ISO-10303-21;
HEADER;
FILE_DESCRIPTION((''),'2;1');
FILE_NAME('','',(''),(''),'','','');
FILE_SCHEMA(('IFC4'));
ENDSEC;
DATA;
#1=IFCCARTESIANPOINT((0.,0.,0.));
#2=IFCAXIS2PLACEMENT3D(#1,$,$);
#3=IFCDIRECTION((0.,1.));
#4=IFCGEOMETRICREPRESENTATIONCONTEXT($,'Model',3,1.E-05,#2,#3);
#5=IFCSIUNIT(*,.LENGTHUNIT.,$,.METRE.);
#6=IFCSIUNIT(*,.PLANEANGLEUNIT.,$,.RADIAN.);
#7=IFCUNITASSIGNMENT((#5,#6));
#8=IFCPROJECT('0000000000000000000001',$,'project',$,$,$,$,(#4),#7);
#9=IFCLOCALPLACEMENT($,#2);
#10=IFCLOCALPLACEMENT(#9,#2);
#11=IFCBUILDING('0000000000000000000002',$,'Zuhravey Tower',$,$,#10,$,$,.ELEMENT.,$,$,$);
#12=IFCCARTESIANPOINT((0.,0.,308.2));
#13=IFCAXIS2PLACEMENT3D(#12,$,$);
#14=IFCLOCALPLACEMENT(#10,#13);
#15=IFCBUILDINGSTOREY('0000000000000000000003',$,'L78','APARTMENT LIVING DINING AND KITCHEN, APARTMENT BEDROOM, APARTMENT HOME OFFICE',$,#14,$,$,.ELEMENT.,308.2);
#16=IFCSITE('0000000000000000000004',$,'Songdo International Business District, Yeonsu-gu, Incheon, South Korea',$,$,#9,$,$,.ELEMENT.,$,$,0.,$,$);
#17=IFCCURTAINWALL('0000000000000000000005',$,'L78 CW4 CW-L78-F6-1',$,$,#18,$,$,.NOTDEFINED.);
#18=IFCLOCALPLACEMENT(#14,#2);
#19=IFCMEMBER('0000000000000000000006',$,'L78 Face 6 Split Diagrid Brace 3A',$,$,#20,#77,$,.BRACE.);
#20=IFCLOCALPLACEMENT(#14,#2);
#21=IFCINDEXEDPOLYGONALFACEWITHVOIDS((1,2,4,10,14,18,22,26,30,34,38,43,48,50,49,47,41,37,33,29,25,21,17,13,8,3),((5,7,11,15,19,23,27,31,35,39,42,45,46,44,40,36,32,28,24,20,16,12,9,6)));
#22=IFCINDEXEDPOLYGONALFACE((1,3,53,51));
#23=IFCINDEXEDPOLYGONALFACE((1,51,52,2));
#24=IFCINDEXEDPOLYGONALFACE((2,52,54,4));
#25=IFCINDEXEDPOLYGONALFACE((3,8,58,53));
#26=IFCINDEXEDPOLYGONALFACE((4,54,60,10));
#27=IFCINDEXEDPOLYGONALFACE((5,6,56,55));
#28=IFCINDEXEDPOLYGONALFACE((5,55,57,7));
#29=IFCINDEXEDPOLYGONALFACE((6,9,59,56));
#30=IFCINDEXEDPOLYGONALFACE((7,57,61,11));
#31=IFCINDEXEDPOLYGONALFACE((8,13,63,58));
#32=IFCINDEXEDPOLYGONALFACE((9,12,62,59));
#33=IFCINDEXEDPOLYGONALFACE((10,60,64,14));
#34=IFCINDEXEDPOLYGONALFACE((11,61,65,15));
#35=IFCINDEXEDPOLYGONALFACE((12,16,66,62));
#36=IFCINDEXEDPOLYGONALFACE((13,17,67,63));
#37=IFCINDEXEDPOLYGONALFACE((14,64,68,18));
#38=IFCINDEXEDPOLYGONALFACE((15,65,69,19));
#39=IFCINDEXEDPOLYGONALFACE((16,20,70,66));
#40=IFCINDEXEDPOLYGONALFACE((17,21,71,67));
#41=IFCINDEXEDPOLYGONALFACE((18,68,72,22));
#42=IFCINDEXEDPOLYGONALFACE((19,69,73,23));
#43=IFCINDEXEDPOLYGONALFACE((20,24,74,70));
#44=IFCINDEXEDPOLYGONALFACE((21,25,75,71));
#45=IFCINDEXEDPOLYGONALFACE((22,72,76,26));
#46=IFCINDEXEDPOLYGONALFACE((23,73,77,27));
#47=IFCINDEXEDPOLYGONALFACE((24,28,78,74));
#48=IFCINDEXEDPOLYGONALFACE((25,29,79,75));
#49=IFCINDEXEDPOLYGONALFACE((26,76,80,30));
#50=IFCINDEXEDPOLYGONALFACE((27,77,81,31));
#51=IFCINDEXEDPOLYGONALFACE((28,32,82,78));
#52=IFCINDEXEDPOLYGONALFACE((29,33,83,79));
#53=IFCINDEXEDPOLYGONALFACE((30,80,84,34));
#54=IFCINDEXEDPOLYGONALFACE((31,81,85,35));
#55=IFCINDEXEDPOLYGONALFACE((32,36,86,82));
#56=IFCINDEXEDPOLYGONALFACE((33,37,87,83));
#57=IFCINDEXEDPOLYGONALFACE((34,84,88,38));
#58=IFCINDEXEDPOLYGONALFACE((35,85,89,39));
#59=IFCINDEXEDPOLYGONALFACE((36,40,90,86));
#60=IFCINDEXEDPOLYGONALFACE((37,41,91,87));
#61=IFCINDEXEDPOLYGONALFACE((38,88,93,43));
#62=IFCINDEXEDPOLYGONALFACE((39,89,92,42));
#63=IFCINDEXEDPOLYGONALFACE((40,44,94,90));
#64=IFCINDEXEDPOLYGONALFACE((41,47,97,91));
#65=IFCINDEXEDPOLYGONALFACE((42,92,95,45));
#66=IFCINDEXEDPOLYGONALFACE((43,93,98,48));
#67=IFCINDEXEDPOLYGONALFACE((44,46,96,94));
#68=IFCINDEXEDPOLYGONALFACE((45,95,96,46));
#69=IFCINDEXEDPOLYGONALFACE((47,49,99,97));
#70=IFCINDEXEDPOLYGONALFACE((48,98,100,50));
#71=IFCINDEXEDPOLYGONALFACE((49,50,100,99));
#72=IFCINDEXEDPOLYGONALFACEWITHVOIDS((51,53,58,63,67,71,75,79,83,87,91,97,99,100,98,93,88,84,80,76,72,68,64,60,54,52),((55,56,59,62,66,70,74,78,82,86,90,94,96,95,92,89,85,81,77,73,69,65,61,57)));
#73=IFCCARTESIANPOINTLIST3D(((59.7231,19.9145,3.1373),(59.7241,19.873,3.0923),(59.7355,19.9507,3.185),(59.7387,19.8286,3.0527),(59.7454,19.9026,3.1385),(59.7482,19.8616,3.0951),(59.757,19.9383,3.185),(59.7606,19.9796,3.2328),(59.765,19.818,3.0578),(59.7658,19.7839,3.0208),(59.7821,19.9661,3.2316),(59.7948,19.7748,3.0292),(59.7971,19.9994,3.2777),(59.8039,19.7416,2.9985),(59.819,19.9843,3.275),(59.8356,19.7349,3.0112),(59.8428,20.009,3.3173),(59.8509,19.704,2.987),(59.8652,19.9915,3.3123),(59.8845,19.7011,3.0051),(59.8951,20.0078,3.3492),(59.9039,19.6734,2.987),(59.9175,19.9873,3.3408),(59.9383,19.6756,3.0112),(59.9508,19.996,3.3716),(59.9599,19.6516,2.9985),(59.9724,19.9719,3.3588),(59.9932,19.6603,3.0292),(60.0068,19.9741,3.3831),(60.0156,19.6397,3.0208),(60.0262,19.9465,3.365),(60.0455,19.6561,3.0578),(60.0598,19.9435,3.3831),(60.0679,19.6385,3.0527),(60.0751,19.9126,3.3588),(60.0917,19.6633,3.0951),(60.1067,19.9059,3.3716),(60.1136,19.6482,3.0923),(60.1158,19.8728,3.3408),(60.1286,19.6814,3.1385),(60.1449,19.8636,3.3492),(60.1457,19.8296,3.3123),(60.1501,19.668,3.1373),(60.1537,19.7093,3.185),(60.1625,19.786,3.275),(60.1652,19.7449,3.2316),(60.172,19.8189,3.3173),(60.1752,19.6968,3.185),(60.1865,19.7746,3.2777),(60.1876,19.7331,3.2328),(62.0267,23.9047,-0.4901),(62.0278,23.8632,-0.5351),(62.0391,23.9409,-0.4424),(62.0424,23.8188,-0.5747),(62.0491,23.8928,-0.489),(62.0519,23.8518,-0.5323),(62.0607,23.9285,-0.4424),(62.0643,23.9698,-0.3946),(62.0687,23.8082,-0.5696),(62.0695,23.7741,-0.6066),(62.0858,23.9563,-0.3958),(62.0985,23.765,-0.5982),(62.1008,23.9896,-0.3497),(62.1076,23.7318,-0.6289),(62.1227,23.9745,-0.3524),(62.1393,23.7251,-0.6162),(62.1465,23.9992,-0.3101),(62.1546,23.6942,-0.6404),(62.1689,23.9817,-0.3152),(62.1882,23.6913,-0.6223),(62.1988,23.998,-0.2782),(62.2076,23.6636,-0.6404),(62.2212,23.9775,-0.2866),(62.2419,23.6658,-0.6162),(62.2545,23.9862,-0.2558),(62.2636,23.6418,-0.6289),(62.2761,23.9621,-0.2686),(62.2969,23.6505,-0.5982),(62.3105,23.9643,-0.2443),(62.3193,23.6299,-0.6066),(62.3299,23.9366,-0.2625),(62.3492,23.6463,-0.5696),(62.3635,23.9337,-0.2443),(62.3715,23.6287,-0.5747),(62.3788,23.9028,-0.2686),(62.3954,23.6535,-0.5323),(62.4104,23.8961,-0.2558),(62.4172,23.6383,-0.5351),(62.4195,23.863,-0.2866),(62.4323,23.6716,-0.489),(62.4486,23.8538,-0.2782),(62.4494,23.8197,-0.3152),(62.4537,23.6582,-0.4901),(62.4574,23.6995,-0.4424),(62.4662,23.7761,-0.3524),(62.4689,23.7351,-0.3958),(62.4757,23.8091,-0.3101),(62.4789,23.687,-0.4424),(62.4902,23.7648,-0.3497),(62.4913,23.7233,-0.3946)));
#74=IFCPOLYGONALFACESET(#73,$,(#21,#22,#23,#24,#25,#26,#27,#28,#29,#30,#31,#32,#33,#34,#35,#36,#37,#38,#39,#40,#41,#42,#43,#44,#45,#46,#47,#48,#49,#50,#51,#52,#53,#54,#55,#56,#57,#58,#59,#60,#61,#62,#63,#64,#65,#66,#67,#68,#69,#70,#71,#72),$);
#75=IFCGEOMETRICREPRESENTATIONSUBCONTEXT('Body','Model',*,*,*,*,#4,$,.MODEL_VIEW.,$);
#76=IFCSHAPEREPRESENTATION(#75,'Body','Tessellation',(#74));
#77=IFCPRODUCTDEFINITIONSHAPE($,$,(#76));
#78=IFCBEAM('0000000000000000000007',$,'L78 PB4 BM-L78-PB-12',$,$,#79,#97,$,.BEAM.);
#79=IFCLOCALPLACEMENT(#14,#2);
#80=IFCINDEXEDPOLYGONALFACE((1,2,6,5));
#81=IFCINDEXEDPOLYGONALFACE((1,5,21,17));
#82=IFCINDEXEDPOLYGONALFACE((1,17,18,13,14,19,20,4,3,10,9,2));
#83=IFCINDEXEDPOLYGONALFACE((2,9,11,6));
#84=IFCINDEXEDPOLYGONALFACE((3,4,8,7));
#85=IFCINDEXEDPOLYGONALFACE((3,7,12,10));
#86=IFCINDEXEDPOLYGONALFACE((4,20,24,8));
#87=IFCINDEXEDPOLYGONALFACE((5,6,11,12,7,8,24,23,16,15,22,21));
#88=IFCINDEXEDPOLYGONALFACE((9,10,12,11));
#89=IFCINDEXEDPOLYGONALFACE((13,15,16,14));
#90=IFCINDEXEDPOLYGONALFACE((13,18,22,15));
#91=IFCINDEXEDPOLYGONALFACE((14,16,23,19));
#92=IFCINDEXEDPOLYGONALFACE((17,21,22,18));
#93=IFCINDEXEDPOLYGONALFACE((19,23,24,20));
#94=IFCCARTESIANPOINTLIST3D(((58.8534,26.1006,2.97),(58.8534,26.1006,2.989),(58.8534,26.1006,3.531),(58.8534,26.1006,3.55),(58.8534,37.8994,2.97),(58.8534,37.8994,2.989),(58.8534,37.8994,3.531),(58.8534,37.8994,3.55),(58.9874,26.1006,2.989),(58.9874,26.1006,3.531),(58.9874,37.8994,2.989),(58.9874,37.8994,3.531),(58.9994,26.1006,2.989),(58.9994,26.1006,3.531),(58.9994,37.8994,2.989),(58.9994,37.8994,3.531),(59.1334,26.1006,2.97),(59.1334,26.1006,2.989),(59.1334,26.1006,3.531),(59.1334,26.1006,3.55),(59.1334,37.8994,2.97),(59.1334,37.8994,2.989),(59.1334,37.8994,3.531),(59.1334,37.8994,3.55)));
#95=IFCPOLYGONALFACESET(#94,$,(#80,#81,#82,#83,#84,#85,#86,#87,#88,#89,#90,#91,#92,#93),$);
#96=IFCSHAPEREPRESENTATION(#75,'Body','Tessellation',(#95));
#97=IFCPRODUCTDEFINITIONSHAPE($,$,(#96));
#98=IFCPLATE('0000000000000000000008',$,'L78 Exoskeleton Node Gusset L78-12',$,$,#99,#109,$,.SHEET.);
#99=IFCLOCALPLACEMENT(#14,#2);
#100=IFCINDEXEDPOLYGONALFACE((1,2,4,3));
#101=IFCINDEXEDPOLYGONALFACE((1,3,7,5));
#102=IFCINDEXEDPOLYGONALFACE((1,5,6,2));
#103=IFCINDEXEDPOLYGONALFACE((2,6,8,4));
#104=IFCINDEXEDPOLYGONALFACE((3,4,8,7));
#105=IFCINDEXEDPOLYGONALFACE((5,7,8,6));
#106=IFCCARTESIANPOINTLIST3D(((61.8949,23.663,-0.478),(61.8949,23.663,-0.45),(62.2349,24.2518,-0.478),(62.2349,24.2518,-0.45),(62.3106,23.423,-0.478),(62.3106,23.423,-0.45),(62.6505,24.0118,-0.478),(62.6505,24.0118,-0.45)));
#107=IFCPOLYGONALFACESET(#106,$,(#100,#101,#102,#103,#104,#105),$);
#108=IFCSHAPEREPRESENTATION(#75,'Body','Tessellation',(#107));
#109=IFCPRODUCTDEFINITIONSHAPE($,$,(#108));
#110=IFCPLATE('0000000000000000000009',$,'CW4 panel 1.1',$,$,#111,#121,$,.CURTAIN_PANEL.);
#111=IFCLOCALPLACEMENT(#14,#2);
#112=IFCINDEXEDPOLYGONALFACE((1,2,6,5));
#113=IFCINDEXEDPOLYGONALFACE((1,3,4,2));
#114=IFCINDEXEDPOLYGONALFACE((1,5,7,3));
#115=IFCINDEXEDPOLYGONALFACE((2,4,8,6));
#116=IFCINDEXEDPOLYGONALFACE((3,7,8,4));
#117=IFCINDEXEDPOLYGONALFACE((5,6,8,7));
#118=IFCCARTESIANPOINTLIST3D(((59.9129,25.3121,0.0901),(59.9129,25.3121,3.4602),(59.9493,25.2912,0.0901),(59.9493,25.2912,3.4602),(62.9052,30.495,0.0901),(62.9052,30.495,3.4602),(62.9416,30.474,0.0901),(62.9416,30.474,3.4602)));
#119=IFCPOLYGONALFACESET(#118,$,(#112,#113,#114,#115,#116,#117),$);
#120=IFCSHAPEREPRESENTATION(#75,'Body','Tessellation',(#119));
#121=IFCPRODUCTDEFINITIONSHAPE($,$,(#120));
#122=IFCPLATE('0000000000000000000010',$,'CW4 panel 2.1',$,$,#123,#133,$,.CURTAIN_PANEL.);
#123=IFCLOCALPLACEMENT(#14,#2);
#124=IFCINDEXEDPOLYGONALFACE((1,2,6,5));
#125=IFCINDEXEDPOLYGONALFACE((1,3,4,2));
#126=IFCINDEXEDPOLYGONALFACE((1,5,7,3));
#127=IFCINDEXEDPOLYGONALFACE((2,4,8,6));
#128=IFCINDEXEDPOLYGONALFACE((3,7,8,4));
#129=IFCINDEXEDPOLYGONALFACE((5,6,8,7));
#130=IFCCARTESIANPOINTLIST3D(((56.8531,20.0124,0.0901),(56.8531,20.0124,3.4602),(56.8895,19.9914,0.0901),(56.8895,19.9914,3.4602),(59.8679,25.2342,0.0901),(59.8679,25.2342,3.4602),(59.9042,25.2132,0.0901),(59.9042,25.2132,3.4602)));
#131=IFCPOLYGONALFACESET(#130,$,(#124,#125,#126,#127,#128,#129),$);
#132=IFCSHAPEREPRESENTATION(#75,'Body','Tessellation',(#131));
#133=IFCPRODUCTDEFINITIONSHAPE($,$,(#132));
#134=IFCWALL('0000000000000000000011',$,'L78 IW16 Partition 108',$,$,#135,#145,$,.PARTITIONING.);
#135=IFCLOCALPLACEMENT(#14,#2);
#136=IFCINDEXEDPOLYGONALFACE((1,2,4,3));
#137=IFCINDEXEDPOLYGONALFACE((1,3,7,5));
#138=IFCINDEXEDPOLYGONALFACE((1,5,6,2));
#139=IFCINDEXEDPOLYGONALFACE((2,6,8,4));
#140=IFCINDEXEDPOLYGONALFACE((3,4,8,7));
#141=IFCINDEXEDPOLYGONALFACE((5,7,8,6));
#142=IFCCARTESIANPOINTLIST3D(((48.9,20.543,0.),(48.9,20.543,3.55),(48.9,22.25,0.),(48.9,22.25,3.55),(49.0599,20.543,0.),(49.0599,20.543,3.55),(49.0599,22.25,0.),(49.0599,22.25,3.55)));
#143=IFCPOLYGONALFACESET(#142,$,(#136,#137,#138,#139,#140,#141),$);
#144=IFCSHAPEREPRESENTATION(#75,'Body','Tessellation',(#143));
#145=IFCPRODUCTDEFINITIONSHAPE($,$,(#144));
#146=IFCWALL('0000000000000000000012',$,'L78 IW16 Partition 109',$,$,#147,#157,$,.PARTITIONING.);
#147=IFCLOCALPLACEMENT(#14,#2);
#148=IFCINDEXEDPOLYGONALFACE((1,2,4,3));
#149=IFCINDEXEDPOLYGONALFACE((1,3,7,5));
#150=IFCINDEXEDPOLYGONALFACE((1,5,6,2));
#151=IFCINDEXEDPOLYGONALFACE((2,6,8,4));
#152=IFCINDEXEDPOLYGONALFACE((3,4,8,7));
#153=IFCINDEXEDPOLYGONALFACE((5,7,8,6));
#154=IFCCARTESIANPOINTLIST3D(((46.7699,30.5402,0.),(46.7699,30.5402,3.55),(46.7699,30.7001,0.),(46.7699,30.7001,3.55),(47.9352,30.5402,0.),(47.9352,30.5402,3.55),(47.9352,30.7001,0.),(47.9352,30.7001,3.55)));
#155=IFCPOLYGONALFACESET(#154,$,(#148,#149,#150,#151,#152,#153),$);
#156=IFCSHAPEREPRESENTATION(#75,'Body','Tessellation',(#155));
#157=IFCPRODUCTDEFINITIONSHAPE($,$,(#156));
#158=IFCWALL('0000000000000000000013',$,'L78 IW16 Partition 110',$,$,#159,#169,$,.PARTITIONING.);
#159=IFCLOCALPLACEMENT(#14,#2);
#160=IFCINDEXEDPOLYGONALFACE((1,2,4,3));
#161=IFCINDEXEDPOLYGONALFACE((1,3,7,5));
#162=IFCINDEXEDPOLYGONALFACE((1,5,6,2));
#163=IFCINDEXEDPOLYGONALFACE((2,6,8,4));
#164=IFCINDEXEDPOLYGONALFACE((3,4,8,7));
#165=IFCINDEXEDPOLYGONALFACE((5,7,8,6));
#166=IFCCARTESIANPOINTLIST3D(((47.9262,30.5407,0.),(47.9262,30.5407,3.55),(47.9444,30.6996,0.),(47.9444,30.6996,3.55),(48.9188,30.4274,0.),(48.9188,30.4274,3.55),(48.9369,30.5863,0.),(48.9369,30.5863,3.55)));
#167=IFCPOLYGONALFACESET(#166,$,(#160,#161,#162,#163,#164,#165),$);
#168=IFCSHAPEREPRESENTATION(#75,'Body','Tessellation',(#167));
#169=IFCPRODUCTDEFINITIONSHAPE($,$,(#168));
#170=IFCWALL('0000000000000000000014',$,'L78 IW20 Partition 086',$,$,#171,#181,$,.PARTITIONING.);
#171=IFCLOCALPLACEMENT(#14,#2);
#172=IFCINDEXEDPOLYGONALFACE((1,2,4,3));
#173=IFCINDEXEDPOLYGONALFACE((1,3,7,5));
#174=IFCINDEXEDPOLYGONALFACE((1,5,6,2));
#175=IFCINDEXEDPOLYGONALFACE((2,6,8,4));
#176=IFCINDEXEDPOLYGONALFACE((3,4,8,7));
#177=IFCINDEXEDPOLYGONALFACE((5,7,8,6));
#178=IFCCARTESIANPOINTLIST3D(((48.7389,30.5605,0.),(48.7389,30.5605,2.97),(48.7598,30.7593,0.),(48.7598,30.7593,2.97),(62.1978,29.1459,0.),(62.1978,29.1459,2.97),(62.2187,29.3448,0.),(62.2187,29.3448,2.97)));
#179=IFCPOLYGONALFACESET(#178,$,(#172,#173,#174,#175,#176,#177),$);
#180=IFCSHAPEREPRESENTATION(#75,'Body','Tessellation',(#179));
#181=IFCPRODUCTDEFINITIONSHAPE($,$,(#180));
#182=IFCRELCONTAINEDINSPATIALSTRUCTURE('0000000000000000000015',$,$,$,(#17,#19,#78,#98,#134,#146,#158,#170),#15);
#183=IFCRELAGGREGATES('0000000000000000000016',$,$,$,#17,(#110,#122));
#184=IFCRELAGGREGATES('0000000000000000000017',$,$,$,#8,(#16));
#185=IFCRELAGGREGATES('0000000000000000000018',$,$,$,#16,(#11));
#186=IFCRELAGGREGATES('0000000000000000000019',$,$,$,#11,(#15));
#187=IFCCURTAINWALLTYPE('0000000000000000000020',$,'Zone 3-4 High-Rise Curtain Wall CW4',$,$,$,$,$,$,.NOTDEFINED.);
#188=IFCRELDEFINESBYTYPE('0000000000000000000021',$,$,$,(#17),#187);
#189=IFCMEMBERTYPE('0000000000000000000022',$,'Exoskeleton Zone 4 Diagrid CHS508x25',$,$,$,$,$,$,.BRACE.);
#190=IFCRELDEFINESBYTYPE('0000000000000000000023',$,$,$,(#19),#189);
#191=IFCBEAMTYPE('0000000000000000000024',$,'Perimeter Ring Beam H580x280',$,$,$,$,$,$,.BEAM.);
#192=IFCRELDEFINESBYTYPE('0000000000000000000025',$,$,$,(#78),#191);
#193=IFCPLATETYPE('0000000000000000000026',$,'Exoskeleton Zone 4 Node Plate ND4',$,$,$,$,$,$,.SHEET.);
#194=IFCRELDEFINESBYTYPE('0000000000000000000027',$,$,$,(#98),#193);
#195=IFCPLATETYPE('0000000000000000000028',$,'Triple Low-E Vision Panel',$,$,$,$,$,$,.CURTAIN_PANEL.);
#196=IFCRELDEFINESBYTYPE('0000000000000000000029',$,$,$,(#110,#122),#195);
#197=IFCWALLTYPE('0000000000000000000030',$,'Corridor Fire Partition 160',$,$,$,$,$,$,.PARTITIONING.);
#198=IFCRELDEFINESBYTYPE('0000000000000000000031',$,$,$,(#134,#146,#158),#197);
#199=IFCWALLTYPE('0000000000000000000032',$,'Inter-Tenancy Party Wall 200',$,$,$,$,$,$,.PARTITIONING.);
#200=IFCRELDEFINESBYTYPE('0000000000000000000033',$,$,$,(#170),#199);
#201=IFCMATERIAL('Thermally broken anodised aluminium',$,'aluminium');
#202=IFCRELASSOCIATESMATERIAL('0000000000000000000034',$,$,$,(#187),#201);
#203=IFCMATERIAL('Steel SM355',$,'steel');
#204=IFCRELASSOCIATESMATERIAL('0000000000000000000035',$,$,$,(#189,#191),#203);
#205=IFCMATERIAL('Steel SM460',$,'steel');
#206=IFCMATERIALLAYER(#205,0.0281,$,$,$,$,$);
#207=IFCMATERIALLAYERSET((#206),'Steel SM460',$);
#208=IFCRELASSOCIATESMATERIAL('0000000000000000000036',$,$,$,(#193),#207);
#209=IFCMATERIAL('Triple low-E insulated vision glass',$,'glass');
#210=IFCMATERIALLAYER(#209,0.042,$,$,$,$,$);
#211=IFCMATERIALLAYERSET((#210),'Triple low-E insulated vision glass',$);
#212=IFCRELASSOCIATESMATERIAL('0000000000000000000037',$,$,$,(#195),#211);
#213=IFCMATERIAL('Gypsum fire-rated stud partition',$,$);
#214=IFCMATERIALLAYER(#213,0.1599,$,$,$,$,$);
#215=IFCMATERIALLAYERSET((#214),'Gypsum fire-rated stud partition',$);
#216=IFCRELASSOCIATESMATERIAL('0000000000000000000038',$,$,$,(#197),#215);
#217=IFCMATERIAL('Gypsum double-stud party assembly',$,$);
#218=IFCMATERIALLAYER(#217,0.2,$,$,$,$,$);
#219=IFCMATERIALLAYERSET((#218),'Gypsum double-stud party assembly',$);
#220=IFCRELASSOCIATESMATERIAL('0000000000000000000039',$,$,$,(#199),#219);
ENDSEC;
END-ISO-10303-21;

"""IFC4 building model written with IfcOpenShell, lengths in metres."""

from ifc_helpers import new_model, si_unit, direction, frame, frame_2d, origin, origin_2d, place, context, subcontext, project, spatial, rectangle, hollow_circle, i_section, extrude, material, layer, layer_set, material_profile, profile_set, type_object, element, aggregate, save


model = new_model("IFC4")

# Units and contexts
model_context = context("Model", 3, precision=1e-05, world=origin(), true_north=direction((0.0, 1.0)))
body_context = subcontext(model_context, "Body", "Model", "MODEL_VIEW")
ifc_project = project(units=[si_unit("LENGTHUNIT", "METRE"), si_unit("PLANEANGLEUNIT", "RADIAN")], contexts=[model_context])

# Site, building, storey
site_placement = place(None, origin())
site = spatial("IfcSite", under=ifc_project, at=site_placement, Name="Songdo International Business District, Yeonsu-gu, Incheon, South Korea", CompositionType="ELEMENT", RefElevation=0.0)
building_placement = place(site_placement, origin())
building = spatial("IfcBuilding", under=site, at=building_placement, Name="Zuhravey Tower", CompositionType="ELEMENT")
storey_placement = place(building_placement, frame((0.0, 0.0, 308.2)))
storey = spatial("IfcBuildingStorey", under=building, at=storey_placement, Name="L78", Description="APARTMENT LIVING DINING AND KITCHEN, APARTMENT BEDROOM, APARTMENT HOME OFFICE", CompositionType="ELEMENT", Elevation=308.2)

# Curtain wall
ifc_material_1 = material(Name="Thermally broken anodised aluminium", Category="aluminium")
curtain_wall_type = type_object("IfcCurtainWallType", Name="Zone 3-4 High-Rise Curtain Wall CW4", PredefinedType="NOTDEFINED", material=ifc_material_1)
curtain_wall_placement = place(storey_placement, origin())
curtain_wall = element("IfcCurtainWall", 1, at=curtain_wall_placement, inside=storey, type_object=curtain_wall_type, Name="L78 CW4 CW-L78-F6-1", PredefinedType="NOTDEFINED")

# Member
ifc_material_2 = material(Name="Steel SM355", Category="steel")
ifc_material_profile_1 = material_profile(ifc_material_2, hollow_circle(Radius=0.2539, WallThickness=0.0249, at=origin_2d()), Name="CHS-508.0x25")
ifc_profile_set_1 = profile_set([ifc_material_profile_1], Name="Steel SM355")
member_type_1 = type_object("IfcMemberType", Name="Exoskeleton Zone 4 Diagrid CHS508x25", PredefinedType="BRACE", material=ifc_profile_set_1)
member_1_placement = place(storey_placement, frame((62.259, 23.814, -0.4424), z_axis=(-0.392851, -0.680454, 0.618587), x_axis=(0.86603, -0.499992, 0.0)))
element("IfcMember", 2, at=member_1_placement, inside=storey, type_object=member_type_1, Name="L78 Face 6 Split Diagrid Brace 3A", PredefinedType="BRACE", context=body_context, shape_type="SweptSolid", body=[
    extrude(hollow_circle(Radius=0.2539, WallThickness=0.0249, at=origin_2d()), origin(), (0.0, 0.0, 1.0), 5.864),
])

# Beam
ifc_material_profile_2 = material_profile(ifc_material_2, i_section(OverallWidth=0.28, OverallDepth=0.5801, WebThickness=0.012, FlangeThickness=0.019, at=origin_2d()), Name="H-580x280x12x19")
ifc_profile_set_2 = profile_set([ifc_material_profile_2], Name="Steel SM355")
beam_type = type_object("IfcBeamType", Name="Perimeter Ring Beam H580x280", PredefinedType="BEAM", material=ifc_profile_set_2)
beam_placement = place(storey_placement, frame((58.9934, 26.1006, 3.26), z_axis=(0.0, 1.0, 0.0), x_axis=(-1.0, 0.0, 0.0)))
element("IfcBeam", 3, at=beam_placement, inside=storey, type_object=beam_type, Name="L78 PB4 BM-L78-PB-12", PredefinedType="BEAM", context=body_context, shape_type="SweptSolid", body=[
    extrude(i_section(OverallWidth=0.28, OverallDepth=0.5801, WebThickness=0.012, FlangeThickness=0.019, at=origin_2d()), origin(), (0.0, 0.0, 1.0), 11.7988),
])

# Plates
ifc_material_3 = material(Name="Steel SM460", Category="steel")
ifc_layer_1 = layer(ifc_material_3, 0.0281)
ifc_layer_set_1 = layer_set([ifc_layer_1], Name="Steel SM460")
plate_type_1 = type_object("IfcPlateType", Name="Exoskeleton Zone 4 Node Plate ND4", PredefinedType="SHEET", material=ifc_layer_set_1)
plate_1_placement = place(storey_placement, frame((62.2727, 23.8374, -0.478), z_axis=(0.0, 0.0, 1.0), x_axis=(0.5, 0.866025, 0.0)))
element("IfcPlate", 4, at=plate_1_placement, inside=storey, type_object=plate_type_1, Name="L78 Exoskeleton Node Gusset L78-12", PredefinedType="SHEET", context=body_context, shape_type="SweptSolid", body=[
    extrude(rectangle(XDim=0.6799, YDim=0.48, at=origin_2d()), origin(), (0.0, 0.0, 1.0), 0.0281),
])
ifc_material_4 = material(Name="Triple low-E insulated vision glass", Category="glass")
ifc_layer_2 = layer(ifc_material_4, 0.042)
ifc_layer_set_2 = layer_set([ifc_layer_2], Name="Triple low-E insulated vision glass")
plate_type_2 = type_object("IfcPlateType", Name="Triple Low-E Vision Panel", PredefinedType="CURTAIN_PANEL", material=ifc_layer_set_2)
plate_2_placement = place(storey_placement, frame((61.4272, 27.8931, 0.0901), z_axis=(0.0, 0.0, 1.0), x_axis=(-0.5, -0.866026, 0.0)))
plate_2 = element("IfcPlate", 5, at=plate_2_placement, type_object=plate_type_2, Name="CW4 panel 1.1", PredefinedType="CURTAIN_PANEL", context=body_context, shape_type="SweptSolid", body=[
    extrude(rectangle(XDim=5.9846, YDim=0.042, at=origin_2d()), origin(), (0.0, 0.0, 1.0), 3.3701),
])
plate_3_placement = place(storey_placement, frame((58.3787, 22.6128, 0.0901), z_axis=(0.0, 0.0, 1.0), x_axis=(-0.5, -0.866026, 0.0)))
plate_3 = element("IfcPlate", 6, at=plate_3_placement, type_object=plate_type_2, Name="CW4 panel 2.1", PredefinedType="CURTAIN_PANEL", context=body_context, shape_type="SweptSolid", body=[
    extrude(rectangle(XDim=6.0295, YDim=0.042, at=origin_2d()), origin(), (0.0, 0.0, 1.0), 3.3701),
])
aggregate(curtain_wall, [plate_2, plate_3])

# Shared definitions
ifc_material_5 = material(Name="Gypsum fire-rated stud partition")
ifc_layer_3 = layer(ifc_material_5, 0.1599)
ifc_layer_set_3 = layer_set([ifc_layer_3], Name="Gypsum fire-rated stud partition")
wall_type_1 = type_object("IfcWallType", Name="Corridor Fire Partition 160", PredefinedType="PARTITIONING", material=ifc_layer_set_3)

# Walls
wall_1_placement = place(storey_placement, frame((48.98, 20.543, 0.0), z_axis=(0.0, 0.0, 1.0), x_axis=(0.0, 1.0, 0.0)))
element("IfcWall", 7, at=wall_1_placement, inside=storey, type_object=wall_type_1, Name="L78 IW16 Partition 108", PredefinedType="PARTITIONING", context=body_context, shape_type="SweptSolid", body=[
    extrude(rectangle(XDim=1.707, YDim=0.1599, at=frame_2d((0.8535, 0.0))), origin(), (0.0, 0.0, 1.0), 3.55),
])
wall_2_placement = place(storey_placement, frame((46.77, 30.6201, 0.0), z_axis=(0.0, 0.0, 1.0), x_axis=(1.0, 0.0, 0.0)))
element("IfcWall", 8, at=wall_2_placement, inside=storey, type_object=wall_type_1, Name="L78 IW16 Partition 109", PredefinedType="PARTITIONING", context=body_context, shape_type="SweptSolid", body=[
    extrude(rectangle(XDim=1.1653, YDim=0.1599, at=frame_2d((0.5825, 0.0))), origin(), (0.0, 0.0, 1.0), 3.55),
])
wall_3_placement = place(storey_placement, frame((47.9353, 30.6201, 0.0), z_axis=(0.0, 0.0, 1.0), x_axis=(0.993552, -0.113381, 0.0)))
element("IfcWall", 9, at=wall_3_placement, inside=storey, type_object=wall_type_1, Name="L78 IW16 Partition 110", PredefinedType="PARTITIONING", context=body_context, shape_type="SweptSolid", body=[
    extrude(rectangle(XDim=0.999, YDim=0.1599, at=frame_2d((0.4995, 0.0))), origin(), (0.0, 0.0, 1.0), 3.55),
])
ifc_material_6 = material(Name="Gypsum double-stud party assembly")
ifc_layer_4 = layer(ifc_material_6, 0.2)
ifc_layer_set_4 = layer_set([ifc_layer_4], Name="Gypsum double-stud party assembly")
wall_type_2 = type_object("IfcWallType", Name="Inter-Tenancy Party Wall 200", PredefinedType="PARTITIONING", material=ifc_layer_set_4)
wall_4_placement = place(storey_placement, frame((48.7493, 30.6599, 0.0), z_axis=(0.0, 0.0, 1.0), x_axis=(0.994522, -0.104527, 0.0)))
element("IfcWall", 10, at=wall_4_placement, inside=storey, type_object=wall_type_2, Name="L78 IW20 Partition 086", PredefinedType="PARTITIONING", context=body_context, shape_type="SweptSolid", body=[
    extrude(rectangle(XDim=13.533, YDim=0.2, at=frame_2d((6.7666, 0.0))), origin(), (0.0, 0.0, 1.0), 2.97),
])

save(model, "model.ifc")
